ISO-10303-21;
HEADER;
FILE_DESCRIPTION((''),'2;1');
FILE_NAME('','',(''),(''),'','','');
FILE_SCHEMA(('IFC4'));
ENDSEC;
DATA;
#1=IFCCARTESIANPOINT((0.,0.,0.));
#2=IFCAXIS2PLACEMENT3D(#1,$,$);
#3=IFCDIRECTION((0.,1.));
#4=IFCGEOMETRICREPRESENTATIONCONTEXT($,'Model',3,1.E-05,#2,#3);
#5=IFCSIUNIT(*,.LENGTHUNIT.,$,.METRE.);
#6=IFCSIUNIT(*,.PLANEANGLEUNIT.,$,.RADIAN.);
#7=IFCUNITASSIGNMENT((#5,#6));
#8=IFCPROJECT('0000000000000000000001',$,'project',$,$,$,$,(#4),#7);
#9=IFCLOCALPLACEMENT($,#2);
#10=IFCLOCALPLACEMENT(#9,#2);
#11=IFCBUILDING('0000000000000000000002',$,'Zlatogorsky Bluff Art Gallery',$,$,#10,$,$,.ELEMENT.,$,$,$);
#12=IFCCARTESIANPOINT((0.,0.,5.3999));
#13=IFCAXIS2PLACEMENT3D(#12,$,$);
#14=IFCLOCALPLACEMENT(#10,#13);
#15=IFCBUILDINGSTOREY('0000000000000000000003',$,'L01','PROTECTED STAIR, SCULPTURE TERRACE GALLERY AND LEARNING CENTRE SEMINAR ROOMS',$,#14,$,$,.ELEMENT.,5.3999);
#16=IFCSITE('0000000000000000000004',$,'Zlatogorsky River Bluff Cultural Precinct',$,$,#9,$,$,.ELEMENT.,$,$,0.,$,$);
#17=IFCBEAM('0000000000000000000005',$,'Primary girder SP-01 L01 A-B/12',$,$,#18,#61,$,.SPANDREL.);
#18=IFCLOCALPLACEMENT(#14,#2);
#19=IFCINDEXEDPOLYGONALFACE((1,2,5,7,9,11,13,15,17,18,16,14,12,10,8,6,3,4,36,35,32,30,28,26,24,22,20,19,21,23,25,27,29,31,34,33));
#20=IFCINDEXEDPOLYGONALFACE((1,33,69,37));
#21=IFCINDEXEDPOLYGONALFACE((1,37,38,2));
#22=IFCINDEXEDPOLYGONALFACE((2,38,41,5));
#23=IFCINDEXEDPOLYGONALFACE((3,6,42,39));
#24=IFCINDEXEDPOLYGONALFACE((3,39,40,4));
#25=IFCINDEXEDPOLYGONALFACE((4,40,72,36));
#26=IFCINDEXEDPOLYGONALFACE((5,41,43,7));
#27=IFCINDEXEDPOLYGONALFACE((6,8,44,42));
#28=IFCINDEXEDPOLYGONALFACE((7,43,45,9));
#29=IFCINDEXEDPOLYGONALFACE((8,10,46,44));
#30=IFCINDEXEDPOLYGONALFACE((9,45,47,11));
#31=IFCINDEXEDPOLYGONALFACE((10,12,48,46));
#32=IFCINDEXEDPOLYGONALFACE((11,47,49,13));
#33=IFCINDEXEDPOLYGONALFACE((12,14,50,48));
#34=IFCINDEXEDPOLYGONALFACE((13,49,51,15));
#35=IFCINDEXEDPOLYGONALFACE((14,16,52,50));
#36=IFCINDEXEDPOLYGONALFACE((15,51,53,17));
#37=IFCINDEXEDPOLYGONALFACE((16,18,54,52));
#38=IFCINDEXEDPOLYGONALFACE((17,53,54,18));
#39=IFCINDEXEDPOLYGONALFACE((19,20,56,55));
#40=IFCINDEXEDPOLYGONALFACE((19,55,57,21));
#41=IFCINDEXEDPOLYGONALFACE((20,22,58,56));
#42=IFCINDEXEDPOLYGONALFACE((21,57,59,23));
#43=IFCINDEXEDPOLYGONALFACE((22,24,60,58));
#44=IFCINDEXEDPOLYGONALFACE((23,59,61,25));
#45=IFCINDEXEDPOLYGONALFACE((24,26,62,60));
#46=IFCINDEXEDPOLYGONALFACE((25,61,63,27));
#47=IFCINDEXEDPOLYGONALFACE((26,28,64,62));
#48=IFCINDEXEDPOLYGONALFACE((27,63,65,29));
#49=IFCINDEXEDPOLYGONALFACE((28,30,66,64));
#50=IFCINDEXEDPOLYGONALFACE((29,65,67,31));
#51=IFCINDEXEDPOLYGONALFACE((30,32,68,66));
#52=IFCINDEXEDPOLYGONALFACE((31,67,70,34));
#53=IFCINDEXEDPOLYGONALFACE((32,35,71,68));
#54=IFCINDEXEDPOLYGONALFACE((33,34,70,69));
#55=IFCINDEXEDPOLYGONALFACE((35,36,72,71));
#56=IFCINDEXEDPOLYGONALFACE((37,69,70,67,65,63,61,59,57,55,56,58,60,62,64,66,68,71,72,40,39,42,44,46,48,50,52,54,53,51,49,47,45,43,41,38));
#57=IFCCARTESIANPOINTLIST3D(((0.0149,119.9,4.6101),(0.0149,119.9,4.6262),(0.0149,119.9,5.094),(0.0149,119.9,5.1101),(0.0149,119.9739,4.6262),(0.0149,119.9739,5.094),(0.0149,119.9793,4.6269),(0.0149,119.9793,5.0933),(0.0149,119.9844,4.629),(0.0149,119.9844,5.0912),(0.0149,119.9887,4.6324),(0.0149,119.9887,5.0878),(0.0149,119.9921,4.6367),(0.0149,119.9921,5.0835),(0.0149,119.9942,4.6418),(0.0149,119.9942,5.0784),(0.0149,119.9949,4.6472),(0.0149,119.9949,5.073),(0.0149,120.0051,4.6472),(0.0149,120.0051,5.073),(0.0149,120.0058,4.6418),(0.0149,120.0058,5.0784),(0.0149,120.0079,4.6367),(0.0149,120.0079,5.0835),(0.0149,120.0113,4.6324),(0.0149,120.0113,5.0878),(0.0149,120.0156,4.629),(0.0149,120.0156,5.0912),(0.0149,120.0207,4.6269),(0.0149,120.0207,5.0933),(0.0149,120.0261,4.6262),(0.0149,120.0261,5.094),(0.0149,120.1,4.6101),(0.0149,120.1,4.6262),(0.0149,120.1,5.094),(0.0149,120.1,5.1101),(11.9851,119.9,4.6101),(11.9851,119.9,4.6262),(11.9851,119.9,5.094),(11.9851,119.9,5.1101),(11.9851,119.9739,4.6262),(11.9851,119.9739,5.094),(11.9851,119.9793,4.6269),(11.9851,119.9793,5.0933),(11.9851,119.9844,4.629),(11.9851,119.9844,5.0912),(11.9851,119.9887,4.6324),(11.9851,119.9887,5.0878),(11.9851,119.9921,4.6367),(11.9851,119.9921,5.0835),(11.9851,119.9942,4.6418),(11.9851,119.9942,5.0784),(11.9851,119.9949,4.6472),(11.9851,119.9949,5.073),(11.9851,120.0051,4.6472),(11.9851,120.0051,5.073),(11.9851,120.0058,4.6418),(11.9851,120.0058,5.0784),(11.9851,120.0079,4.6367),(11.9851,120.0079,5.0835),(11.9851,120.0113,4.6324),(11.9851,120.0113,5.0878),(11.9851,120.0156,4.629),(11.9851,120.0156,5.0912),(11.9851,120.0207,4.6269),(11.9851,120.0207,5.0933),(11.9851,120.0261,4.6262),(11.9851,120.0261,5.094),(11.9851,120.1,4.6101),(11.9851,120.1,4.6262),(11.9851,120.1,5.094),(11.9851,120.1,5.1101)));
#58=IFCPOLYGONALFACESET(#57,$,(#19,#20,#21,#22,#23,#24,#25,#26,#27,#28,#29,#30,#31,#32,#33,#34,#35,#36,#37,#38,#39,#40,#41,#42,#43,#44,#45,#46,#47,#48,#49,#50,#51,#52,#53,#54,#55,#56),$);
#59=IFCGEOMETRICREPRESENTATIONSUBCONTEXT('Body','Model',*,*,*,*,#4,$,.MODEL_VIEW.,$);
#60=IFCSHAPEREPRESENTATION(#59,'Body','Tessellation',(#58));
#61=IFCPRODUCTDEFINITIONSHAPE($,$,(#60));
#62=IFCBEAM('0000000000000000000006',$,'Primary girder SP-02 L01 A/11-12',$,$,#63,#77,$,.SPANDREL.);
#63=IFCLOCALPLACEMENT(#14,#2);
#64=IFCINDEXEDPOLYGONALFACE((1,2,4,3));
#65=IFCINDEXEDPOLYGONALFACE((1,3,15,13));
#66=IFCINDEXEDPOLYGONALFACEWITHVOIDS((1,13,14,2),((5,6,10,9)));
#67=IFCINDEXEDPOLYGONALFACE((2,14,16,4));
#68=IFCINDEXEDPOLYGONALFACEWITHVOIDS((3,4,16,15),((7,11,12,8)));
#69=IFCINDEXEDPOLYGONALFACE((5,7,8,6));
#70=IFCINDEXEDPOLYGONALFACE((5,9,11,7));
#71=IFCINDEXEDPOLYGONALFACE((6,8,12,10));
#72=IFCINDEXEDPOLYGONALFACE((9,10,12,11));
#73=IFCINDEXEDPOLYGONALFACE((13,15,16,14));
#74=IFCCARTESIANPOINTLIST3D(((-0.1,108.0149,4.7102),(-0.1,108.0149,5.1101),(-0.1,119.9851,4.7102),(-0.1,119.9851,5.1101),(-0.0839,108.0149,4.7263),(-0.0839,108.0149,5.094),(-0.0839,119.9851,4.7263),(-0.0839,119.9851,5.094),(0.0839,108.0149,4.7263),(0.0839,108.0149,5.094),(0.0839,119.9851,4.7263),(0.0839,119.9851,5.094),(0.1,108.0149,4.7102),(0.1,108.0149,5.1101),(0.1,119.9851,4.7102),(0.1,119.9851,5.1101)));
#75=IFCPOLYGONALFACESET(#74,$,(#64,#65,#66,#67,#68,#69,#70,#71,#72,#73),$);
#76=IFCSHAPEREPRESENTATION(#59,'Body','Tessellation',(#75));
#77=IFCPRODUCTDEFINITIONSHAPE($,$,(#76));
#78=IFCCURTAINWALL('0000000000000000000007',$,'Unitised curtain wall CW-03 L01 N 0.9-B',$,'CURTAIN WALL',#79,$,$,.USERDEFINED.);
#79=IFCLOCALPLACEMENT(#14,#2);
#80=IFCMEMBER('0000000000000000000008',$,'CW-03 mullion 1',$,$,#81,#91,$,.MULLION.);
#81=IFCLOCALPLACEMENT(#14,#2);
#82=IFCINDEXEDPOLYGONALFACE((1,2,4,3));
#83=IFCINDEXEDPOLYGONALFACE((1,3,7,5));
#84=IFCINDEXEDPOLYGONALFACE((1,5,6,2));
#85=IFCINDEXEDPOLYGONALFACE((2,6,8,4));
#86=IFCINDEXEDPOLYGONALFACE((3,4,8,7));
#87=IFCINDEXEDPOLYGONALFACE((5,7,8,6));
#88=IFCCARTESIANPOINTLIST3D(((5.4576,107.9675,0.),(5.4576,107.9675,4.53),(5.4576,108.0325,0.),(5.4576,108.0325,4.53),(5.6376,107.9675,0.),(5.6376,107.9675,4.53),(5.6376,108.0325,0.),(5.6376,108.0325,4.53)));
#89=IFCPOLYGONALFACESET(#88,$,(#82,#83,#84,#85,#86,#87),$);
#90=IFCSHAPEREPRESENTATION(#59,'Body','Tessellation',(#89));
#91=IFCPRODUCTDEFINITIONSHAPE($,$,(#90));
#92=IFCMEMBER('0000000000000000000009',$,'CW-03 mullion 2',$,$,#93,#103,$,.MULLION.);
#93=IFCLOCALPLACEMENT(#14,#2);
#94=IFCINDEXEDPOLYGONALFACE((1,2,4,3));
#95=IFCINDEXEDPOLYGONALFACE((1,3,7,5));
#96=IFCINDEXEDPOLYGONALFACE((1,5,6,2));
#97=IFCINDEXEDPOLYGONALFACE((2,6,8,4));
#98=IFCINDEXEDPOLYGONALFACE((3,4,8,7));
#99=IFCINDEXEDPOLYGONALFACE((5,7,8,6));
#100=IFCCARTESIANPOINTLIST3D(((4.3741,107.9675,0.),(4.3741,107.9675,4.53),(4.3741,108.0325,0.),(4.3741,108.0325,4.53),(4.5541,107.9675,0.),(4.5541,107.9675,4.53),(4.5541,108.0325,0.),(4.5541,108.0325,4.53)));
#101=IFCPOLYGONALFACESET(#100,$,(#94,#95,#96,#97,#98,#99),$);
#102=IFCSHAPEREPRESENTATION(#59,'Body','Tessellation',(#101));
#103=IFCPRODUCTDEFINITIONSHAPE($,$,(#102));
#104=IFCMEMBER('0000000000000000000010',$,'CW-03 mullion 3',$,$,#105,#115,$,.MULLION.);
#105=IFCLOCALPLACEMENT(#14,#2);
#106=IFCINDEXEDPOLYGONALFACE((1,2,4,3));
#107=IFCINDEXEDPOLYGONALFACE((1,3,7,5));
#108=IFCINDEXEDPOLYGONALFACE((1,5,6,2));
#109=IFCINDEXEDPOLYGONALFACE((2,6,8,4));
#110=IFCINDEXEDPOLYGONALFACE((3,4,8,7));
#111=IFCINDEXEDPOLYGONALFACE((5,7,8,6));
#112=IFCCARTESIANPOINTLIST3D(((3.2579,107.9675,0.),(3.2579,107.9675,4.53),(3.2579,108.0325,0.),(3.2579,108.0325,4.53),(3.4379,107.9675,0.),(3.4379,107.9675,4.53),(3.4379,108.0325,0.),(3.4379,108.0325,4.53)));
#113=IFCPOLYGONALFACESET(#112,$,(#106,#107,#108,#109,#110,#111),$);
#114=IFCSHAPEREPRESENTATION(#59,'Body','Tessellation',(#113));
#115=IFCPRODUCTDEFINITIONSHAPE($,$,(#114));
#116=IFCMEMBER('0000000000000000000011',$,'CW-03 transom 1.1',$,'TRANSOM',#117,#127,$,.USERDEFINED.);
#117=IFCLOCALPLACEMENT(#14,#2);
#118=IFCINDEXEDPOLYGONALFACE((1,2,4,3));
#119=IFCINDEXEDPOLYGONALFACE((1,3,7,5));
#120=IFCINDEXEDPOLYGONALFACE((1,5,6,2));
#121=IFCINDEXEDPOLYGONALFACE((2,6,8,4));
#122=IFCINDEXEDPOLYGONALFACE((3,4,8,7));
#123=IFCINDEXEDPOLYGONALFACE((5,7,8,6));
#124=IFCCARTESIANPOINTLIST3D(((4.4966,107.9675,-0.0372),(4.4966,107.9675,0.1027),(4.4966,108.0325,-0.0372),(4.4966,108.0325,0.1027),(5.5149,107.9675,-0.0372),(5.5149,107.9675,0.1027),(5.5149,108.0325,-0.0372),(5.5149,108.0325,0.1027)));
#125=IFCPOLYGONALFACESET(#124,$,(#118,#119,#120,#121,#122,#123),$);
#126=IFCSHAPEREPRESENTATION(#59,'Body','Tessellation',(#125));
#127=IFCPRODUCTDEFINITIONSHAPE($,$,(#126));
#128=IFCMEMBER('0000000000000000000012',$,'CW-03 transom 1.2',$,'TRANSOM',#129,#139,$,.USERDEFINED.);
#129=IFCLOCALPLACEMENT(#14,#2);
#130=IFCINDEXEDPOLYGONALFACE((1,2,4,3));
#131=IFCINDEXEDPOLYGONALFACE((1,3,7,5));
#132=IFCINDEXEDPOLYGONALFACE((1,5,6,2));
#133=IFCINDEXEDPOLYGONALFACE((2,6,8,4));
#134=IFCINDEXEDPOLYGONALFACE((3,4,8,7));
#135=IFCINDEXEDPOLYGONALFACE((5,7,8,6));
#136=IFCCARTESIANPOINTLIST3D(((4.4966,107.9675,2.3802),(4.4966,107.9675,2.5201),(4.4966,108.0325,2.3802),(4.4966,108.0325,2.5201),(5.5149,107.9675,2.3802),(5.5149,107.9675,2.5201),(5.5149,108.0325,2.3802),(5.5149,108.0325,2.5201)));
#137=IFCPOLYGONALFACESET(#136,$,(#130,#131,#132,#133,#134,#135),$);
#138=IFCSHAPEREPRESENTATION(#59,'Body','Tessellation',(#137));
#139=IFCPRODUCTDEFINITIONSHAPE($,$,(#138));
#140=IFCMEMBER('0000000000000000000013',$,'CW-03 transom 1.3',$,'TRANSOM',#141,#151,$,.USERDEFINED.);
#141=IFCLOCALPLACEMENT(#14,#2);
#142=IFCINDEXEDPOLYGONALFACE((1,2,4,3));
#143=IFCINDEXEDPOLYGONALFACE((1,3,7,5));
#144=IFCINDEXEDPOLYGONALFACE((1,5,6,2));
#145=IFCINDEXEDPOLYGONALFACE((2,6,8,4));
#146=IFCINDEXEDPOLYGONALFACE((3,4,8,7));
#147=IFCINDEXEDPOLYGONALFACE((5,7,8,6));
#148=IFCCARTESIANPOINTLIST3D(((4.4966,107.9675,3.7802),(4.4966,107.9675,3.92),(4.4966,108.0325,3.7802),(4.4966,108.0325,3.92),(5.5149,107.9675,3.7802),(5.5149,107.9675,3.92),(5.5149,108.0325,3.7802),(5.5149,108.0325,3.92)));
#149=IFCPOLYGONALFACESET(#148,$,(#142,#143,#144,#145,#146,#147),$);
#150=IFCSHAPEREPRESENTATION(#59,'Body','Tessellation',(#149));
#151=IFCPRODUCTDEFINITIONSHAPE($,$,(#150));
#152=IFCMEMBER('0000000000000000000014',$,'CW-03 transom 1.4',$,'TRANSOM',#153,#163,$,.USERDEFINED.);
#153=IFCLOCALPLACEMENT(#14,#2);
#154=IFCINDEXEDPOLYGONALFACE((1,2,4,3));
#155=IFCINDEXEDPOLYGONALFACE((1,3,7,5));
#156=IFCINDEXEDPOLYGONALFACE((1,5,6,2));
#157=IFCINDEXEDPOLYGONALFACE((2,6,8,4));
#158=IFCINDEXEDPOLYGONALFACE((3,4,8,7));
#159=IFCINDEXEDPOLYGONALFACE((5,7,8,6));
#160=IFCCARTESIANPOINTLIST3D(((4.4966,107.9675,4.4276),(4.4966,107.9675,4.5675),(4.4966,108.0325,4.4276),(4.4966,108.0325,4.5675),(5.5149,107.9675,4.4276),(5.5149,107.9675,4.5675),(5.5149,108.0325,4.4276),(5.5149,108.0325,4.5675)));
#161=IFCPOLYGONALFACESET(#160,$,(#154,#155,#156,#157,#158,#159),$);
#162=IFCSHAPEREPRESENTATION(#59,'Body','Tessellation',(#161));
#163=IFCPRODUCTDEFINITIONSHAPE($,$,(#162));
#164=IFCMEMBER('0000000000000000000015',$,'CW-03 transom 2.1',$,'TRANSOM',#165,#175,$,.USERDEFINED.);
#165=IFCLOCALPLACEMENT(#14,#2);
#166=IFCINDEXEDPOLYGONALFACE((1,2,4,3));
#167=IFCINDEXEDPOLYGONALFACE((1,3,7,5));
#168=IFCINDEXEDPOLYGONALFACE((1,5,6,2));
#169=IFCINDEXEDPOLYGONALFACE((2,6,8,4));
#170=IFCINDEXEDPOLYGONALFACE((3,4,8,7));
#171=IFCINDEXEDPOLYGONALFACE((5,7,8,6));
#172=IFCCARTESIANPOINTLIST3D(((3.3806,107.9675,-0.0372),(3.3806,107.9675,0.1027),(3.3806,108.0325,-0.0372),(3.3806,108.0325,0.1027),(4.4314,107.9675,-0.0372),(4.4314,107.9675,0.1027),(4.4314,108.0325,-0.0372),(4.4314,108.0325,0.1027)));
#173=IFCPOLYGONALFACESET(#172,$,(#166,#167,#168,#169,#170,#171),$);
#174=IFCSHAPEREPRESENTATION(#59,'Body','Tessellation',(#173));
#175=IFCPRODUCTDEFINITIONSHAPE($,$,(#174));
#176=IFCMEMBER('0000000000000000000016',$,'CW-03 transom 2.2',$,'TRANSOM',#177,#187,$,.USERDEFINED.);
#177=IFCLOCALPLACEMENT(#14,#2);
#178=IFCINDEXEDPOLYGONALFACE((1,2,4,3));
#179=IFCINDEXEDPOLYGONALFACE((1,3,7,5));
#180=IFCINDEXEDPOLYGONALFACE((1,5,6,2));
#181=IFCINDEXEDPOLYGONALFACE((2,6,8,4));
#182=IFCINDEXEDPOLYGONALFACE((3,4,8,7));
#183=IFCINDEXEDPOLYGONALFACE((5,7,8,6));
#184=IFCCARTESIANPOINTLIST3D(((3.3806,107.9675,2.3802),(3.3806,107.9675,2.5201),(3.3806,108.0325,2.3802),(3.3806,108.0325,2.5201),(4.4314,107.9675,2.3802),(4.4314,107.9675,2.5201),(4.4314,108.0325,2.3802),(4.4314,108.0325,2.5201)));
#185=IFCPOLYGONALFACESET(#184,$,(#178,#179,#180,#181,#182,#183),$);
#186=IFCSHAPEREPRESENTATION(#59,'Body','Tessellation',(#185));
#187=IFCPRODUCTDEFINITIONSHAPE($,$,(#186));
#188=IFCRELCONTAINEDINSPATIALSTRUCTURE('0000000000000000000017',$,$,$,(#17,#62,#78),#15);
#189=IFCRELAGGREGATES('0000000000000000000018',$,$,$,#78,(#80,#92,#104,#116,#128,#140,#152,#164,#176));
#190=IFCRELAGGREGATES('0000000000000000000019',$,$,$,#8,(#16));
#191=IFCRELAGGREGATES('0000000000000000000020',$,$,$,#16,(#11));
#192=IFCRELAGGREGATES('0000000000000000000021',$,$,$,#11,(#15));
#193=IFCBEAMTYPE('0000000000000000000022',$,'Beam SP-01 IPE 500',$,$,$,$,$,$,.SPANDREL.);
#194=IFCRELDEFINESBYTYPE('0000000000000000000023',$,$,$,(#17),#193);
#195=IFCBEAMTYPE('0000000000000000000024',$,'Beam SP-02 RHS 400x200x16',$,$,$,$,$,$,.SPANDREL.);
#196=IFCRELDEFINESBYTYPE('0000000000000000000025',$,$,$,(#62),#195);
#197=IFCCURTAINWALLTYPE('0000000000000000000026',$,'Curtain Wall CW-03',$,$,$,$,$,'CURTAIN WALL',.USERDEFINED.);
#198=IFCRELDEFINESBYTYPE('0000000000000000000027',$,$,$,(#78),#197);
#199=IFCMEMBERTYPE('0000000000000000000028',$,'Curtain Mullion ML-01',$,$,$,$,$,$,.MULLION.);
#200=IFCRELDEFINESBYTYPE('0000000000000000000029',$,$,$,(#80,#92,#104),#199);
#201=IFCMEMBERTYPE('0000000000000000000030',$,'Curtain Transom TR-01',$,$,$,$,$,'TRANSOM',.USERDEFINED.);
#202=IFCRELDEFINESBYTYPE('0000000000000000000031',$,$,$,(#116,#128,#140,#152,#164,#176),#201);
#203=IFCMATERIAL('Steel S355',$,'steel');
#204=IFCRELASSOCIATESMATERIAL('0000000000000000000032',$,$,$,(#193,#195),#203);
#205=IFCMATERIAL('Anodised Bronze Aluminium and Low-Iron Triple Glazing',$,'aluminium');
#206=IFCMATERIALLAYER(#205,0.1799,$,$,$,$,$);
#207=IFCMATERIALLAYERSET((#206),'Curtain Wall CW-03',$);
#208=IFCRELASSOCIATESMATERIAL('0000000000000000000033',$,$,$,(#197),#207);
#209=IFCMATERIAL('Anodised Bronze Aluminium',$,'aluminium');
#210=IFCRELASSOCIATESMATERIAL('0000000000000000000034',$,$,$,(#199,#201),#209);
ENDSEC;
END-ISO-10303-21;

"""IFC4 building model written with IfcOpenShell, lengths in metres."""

from ifc_helpers import new_model, si_unit, direction, frame, origin, origin_2d, place, context, subcontext, project, spatial, rectangle, hollow_rectangle, i_section, extrude, material, layer, layer_set, material_profile, profile_set, type_object, element, aggregate, save


model = new_model("IFC4")

# Units and contexts
model_context = context("Model", 3, precision=1e-05, world=origin(), true_north=direction((0.0, 1.0)))
body_context = subcontext(model_context, "Body", "Model", "MODEL_VIEW")
ifc_project = project(units=[si_unit("LENGTHUNIT", "METRE"), si_unit("PLANEANGLEUNIT", "RADIAN")], contexts=[model_context])

# Site, building, storey
site_placement = place(None, origin())
site = spatial("IfcSite", under=ifc_project, at=site_placement, Name="Zlatogorsky River Bluff Cultural Precinct", CompositionType="ELEMENT", RefElevation=0.0)
building_placement = place(site_placement, origin())
building = spatial("IfcBuilding", under=site, at=building_placement, Name="Zlatogorsky Bluff Art Gallery", CompositionType="ELEMENT")
storey_placement = place(building_placement, frame((0.0, 0.0, 5.3999)))
storey = spatial("IfcBuildingStorey", under=building, at=storey_placement, Name="L01", Description="PROTECTED STAIR, SCULPTURE TERRACE GALLERY AND LEARNING CENTRE SEMINAR ROOMS", CompositionType="ELEMENT", Elevation=5.3999)

# Shared definitions
ifc_material_1 = material(Name="Steel S355", Category="steel")

# Beams
ifc_material_profile_1 = material_profile(ifc_material_1, i_section(OverallWidth=0.2, OverallDepth=0.5, WebThickness=0.0103, FlangeThickness=0.0161, FilletRadius=0.021, at=origin_2d()), Name="IPE 500")
ifc_profile_set_1 = profile_set([ifc_material_profile_1], Name="Steel S355")
beam_type_1 = type_object("IfcBeamType", Name="Beam SP-01 IPE 500", PredefinedType="SPANDREL", material=ifc_profile_set_1)
beam_1_placement = place(storey_placement, frame((0.0149, 120.0, 4.8601), z_axis=(1.0, 0.0, 0.0), x_axis=(0.0, 1.0, 0.0)))
element("IfcBeam", 1, at=beam_1_placement, inside=storey, type_object=beam_type_1, Name="Primary girder SP-01 L01 A-B/12", PredefinedType="SPANDREL", context=body_context, shape_type="SweptSolid", body=[
    extrude(i_section(OverallWidth=0.2, OverallDepth=0.5, WebThickness=0.0103, FlangeThickness=0.0161, FilletRadius=0.021, at=origin_2d()), origin(), (0.0, 0.0, 1.0), 11.9702),
])
ifc_material_profile_2 = material_profile(ifc_material_1, hollow_rectangle(XDim=0.2, YDim=0.3999, WallThickness=0.0161, at=origin_2d()), Name="RHS 400x200x16")
ifc_profile_set_2 = profile_set([ifc_material_profile_2], Name="Steel S355")
beam_type_2 = type_object("IfcBeamType", Name="Beam SP-02 RHS 400x200x16", PredefinedType="SPANDREL", material=ifc_profile_set_2)
beam_2_placement = place(storey_placement, frame((0.0, 108.0149, 4.9102), z_axis=(0.0, 1.0, 0.0), x_axis=(-1.0, 0.0, 0.0)))
element("IfcBeam", 2, at=beam_2_placement, inside=storey, type_object=beam_type_2, Name="Primary girder SP-02 L01 A/11-12", PredefinedType="SPANDREL", context=body_context, shape_type="SweptSolid", body=[
    extrude(hollow_rectangle(XDim=0.2, YDim=0.3999, WallThickness=0.0161, at=origin_2d()), origin(), (0.0, 0.0, 1.0), 11.9702),
])

# Curtain wall, members
ifc_material_2 = material(Name="Anodised Bronze Aluminium and Low-Iron Triple Glazing", Category="aluminium")
ifc_layer_1 = layer(ifc_material_2, 0.1799)
ifc_layer_set_1 = layer_set([ifc_layer_1], Name="Curtain Wall CW-03")
curtain_wall_type = type_object("IfcCurtainWallType", Name="Curtain Wall CW-03", ElementType="CURTAIN WALL", PredefinedType="USERDEFINED", material=ifc_layer_set_1)
curtain_wall_placement = place(storey_placement, origin())
curtain_wall = element("IfcCurtainWall", 3, at=curtain_wall_placement, inside=storey, type_object=curtain_wall_type, Name="Unitised curtain wall CW-03 L01 N 0.9-B", ObjectType="CURTAIN WALL", PredefinedType="USERDEFINED")
ifc_material_3 = material(Name="Anodised Bronze Aluminium", Category="aluminium")
ifc_material_profile_3 = material_profile(ifc_material_3, rectangle(XDim=0.0649, YDim=0.1799, at=origin_2d()), Name="ALU MULLION 65x180")
ifc_profile_set_3 = profile_set([ifc_material_profile_3], Name="Anodised Bronze Aluminium")
member_type_1 = type_object("IfcMemberType", Name="Curtain Mullion ML-01", PredefinedType="MULLION", material=ifc_profile_set_3)
member_1_placement = place(storey_placement, frame((5.5476, 108.0, 0.0), z_axis=(0.0, 0.0, 1.0), x_axis=(0.0, -1.0, 0.0)))
member_1 = element("IfcMember", 4, at=member_1_placement, type_object=member_type_1, Name="CW-03 mullion 1", PredefinedType="MULLION", context=body_context, shape_type="SweptSolid", body=[
    extrude(rectangle(XDim=0.0649, YDim=0.1799, at=origin_2d()), origin(), (0.0, 0.0, 1.0), 4.53),
])
member_2_placement = place(storey_placement, frame((4.4641, 108.0, 0.0), z_axis=(0.0, 0.0, 1.0), x_axis=(0.0, -1.0, 0.0)))
member_2 = element("IfcMember", 5, at=member_2_placement, type_object=member_type_1, Name="CW-03 mullion 2", PredefinedType="MULLION", context=body_context, shape_type="SweptSolid", body=[
    extrude(rectangle(XDim=0.0649, YDim=0.1799, at=origin_2d()), origin(), (0.0, 0.0, 1.0), 4.53),
])
member_3_placement = place(storey_placement, frame((3.3479, 108.0, 0.0), z_axis=(0.0, 0.0, 1.0), x_axis=(0.0, -1.0, 0.0)))
member_3 = element("IfcMember", 6, at=member_3_placement, type_object=member_type_1, Name="CW-03 mullion 3", PredefinedType="MULLION", context=body_context, shape_type="SweptSolid", body=[
    extrude(rectangle(XDim=0.0649, YDim=0.1799, at=origin_2d()), origin(), (0.0, 0.0, 1.0), 4.53),
])
ifc_material_profile_4 = material_profile(ifc_material_3, rectangle(XDim=0.0649, YDim=0.1399, at=origin_2d()), Name="ALU TRANSOM 65x140")
ifc_profile_set_4 = profile_set([ifc_material_profile_4], Name="Anodised Bronze Aluminium")
member_type_2 = type_object("IfcMemberType", Name="Curtain Transom TR-01", ElementType="TRANSOM", PredefinedType="USERDEFINED", material=ifc_profile_set_4)
member_4_placement = place(storey_placement, frame((5.5149, 108.0, 0.0327), z_axis=(-1.0, 0.0, 0.0), x_axis=(0.0, -1.0, 0.0)))
member_4 = element("IfcMember", 7, at=member_4_placement, type_object=member_type_2, Name="CW-03 transom 1.1", ObjectType="TRANSOM", PredefinedType="USERDEFINED", context=body_context, shape_type="SweptSolid", body=[
    extrude(rectangle(XDim=0.0649, YDim=0.1399, at=origin_2d()), origin(), (0.0, 0.0, 1.0), 1.0183),
])
member_5_placement = place(storey_placement, frame((5.5149, 108.0, 2.4502), z_axis=(-1.0, 0.0, 0.0), x_axis=(0.0, -1.0, 0.0)))
member_5 = element("IfcMember", 8, at=member_5_placement, type_object=member_type_2, Name="CW-03 transom 1.2", ObjectType="TRANSOM", PredefinedType="USERDEFINED", context=body_context, shape_type="SweptSolid", body=[
    extrude(rectangle(XDim=0.0649, YDim=0.1399, at=origin_2d()), origin(), (0.0, 0.0, 1.0), 1.0183),
])
member_6_placement = place(storey_placement, frame((5.5149, 108.0, 3.8501), z_axis=(-1.0, 0.0, 0.0), x_axis=(0.0, -1.0, 0.0)))
member_6 = element("IfcMember", 9, at=member_6_placement, type_object=member_type_2, Name="CW-03 transom 1.3", ObjectType="TRANSOM", PredefinedType="USERDEFINED", context=body_context, shape_type="SweptSolid", body=[
    extrude(rectangle(XDim=0.0649, YDim=0.1399, at=origin_2d()), origin(), (0.0, 0.0, 1.0), 1.0183),
])
member_7_placement = place(storey_placement, frame((5.5149, 108.0, 4.4976), z_axis=(-1.0, 0.0, 0.0), x_axis=(0.0, -1.0, 0.0)))
member_7 = element("IfcMember", 10, at=member_7_placement, type_object=member_type_2, Name="CW-03 transom 1.4", ObjectType="TRANSOM", PredefinedType="USERDEFINED", context=body_context, shape_type="SweptSolid", body=[
    extrude(rectangle(XDim=0.0649, YDim=0.1399, at=origin_2d()), origin(), (0.0, 0.0, 1.0), 1.0183),
])
member_8_placement = place(storey_placement, frame((4.4314, 108.0, 0.0327), z_axis=(-1.0, 0.0, 0.0), x_axis=(0.0, -1.0, 0.0)))
member_8 = element("IfcMember", 11, at=member_8_placement, type_object=member_type_2, Name="CW-03 transom 2.1", ObjectType="TRANSOM", PredefinedType="USERDEFINED", context=body_context, shape_type="SweptSolid", body=[
    extrude(rectangle(XDim=0.0649, YDim=0.1399, at=origin_2d()), origin(), (0.0, 0.0, 1.0), 1.0508),
])
member_9_placement = place(storey_placement, frame((4.4314, 108.0, 2.4502), z_axis=(-1.0, 0.0, 0.0), x_axis=(0.0, -1.0, 0.0)))
member_9 = element("IfcMember", 12, at=member_9_placement, type_object=member_type_2, Name="CW-03 transom 2.2", ObjectType="TRANSOM", PredefinedType="USERDEFINED", context=body_context, shape_type="SweptSolid", body=[
    extrude(rectangle(XDim=0.0649, YDim=0.1399, at=origin_2d()), origin(), (0.0, 0.0, 1.0), 1.0508),
])
aggregate(curtain_wall, [member_1, member_2, member_3, member_4, member_5, member_6, member_7, member_8, member_9])

save(model, "model.ifc")
